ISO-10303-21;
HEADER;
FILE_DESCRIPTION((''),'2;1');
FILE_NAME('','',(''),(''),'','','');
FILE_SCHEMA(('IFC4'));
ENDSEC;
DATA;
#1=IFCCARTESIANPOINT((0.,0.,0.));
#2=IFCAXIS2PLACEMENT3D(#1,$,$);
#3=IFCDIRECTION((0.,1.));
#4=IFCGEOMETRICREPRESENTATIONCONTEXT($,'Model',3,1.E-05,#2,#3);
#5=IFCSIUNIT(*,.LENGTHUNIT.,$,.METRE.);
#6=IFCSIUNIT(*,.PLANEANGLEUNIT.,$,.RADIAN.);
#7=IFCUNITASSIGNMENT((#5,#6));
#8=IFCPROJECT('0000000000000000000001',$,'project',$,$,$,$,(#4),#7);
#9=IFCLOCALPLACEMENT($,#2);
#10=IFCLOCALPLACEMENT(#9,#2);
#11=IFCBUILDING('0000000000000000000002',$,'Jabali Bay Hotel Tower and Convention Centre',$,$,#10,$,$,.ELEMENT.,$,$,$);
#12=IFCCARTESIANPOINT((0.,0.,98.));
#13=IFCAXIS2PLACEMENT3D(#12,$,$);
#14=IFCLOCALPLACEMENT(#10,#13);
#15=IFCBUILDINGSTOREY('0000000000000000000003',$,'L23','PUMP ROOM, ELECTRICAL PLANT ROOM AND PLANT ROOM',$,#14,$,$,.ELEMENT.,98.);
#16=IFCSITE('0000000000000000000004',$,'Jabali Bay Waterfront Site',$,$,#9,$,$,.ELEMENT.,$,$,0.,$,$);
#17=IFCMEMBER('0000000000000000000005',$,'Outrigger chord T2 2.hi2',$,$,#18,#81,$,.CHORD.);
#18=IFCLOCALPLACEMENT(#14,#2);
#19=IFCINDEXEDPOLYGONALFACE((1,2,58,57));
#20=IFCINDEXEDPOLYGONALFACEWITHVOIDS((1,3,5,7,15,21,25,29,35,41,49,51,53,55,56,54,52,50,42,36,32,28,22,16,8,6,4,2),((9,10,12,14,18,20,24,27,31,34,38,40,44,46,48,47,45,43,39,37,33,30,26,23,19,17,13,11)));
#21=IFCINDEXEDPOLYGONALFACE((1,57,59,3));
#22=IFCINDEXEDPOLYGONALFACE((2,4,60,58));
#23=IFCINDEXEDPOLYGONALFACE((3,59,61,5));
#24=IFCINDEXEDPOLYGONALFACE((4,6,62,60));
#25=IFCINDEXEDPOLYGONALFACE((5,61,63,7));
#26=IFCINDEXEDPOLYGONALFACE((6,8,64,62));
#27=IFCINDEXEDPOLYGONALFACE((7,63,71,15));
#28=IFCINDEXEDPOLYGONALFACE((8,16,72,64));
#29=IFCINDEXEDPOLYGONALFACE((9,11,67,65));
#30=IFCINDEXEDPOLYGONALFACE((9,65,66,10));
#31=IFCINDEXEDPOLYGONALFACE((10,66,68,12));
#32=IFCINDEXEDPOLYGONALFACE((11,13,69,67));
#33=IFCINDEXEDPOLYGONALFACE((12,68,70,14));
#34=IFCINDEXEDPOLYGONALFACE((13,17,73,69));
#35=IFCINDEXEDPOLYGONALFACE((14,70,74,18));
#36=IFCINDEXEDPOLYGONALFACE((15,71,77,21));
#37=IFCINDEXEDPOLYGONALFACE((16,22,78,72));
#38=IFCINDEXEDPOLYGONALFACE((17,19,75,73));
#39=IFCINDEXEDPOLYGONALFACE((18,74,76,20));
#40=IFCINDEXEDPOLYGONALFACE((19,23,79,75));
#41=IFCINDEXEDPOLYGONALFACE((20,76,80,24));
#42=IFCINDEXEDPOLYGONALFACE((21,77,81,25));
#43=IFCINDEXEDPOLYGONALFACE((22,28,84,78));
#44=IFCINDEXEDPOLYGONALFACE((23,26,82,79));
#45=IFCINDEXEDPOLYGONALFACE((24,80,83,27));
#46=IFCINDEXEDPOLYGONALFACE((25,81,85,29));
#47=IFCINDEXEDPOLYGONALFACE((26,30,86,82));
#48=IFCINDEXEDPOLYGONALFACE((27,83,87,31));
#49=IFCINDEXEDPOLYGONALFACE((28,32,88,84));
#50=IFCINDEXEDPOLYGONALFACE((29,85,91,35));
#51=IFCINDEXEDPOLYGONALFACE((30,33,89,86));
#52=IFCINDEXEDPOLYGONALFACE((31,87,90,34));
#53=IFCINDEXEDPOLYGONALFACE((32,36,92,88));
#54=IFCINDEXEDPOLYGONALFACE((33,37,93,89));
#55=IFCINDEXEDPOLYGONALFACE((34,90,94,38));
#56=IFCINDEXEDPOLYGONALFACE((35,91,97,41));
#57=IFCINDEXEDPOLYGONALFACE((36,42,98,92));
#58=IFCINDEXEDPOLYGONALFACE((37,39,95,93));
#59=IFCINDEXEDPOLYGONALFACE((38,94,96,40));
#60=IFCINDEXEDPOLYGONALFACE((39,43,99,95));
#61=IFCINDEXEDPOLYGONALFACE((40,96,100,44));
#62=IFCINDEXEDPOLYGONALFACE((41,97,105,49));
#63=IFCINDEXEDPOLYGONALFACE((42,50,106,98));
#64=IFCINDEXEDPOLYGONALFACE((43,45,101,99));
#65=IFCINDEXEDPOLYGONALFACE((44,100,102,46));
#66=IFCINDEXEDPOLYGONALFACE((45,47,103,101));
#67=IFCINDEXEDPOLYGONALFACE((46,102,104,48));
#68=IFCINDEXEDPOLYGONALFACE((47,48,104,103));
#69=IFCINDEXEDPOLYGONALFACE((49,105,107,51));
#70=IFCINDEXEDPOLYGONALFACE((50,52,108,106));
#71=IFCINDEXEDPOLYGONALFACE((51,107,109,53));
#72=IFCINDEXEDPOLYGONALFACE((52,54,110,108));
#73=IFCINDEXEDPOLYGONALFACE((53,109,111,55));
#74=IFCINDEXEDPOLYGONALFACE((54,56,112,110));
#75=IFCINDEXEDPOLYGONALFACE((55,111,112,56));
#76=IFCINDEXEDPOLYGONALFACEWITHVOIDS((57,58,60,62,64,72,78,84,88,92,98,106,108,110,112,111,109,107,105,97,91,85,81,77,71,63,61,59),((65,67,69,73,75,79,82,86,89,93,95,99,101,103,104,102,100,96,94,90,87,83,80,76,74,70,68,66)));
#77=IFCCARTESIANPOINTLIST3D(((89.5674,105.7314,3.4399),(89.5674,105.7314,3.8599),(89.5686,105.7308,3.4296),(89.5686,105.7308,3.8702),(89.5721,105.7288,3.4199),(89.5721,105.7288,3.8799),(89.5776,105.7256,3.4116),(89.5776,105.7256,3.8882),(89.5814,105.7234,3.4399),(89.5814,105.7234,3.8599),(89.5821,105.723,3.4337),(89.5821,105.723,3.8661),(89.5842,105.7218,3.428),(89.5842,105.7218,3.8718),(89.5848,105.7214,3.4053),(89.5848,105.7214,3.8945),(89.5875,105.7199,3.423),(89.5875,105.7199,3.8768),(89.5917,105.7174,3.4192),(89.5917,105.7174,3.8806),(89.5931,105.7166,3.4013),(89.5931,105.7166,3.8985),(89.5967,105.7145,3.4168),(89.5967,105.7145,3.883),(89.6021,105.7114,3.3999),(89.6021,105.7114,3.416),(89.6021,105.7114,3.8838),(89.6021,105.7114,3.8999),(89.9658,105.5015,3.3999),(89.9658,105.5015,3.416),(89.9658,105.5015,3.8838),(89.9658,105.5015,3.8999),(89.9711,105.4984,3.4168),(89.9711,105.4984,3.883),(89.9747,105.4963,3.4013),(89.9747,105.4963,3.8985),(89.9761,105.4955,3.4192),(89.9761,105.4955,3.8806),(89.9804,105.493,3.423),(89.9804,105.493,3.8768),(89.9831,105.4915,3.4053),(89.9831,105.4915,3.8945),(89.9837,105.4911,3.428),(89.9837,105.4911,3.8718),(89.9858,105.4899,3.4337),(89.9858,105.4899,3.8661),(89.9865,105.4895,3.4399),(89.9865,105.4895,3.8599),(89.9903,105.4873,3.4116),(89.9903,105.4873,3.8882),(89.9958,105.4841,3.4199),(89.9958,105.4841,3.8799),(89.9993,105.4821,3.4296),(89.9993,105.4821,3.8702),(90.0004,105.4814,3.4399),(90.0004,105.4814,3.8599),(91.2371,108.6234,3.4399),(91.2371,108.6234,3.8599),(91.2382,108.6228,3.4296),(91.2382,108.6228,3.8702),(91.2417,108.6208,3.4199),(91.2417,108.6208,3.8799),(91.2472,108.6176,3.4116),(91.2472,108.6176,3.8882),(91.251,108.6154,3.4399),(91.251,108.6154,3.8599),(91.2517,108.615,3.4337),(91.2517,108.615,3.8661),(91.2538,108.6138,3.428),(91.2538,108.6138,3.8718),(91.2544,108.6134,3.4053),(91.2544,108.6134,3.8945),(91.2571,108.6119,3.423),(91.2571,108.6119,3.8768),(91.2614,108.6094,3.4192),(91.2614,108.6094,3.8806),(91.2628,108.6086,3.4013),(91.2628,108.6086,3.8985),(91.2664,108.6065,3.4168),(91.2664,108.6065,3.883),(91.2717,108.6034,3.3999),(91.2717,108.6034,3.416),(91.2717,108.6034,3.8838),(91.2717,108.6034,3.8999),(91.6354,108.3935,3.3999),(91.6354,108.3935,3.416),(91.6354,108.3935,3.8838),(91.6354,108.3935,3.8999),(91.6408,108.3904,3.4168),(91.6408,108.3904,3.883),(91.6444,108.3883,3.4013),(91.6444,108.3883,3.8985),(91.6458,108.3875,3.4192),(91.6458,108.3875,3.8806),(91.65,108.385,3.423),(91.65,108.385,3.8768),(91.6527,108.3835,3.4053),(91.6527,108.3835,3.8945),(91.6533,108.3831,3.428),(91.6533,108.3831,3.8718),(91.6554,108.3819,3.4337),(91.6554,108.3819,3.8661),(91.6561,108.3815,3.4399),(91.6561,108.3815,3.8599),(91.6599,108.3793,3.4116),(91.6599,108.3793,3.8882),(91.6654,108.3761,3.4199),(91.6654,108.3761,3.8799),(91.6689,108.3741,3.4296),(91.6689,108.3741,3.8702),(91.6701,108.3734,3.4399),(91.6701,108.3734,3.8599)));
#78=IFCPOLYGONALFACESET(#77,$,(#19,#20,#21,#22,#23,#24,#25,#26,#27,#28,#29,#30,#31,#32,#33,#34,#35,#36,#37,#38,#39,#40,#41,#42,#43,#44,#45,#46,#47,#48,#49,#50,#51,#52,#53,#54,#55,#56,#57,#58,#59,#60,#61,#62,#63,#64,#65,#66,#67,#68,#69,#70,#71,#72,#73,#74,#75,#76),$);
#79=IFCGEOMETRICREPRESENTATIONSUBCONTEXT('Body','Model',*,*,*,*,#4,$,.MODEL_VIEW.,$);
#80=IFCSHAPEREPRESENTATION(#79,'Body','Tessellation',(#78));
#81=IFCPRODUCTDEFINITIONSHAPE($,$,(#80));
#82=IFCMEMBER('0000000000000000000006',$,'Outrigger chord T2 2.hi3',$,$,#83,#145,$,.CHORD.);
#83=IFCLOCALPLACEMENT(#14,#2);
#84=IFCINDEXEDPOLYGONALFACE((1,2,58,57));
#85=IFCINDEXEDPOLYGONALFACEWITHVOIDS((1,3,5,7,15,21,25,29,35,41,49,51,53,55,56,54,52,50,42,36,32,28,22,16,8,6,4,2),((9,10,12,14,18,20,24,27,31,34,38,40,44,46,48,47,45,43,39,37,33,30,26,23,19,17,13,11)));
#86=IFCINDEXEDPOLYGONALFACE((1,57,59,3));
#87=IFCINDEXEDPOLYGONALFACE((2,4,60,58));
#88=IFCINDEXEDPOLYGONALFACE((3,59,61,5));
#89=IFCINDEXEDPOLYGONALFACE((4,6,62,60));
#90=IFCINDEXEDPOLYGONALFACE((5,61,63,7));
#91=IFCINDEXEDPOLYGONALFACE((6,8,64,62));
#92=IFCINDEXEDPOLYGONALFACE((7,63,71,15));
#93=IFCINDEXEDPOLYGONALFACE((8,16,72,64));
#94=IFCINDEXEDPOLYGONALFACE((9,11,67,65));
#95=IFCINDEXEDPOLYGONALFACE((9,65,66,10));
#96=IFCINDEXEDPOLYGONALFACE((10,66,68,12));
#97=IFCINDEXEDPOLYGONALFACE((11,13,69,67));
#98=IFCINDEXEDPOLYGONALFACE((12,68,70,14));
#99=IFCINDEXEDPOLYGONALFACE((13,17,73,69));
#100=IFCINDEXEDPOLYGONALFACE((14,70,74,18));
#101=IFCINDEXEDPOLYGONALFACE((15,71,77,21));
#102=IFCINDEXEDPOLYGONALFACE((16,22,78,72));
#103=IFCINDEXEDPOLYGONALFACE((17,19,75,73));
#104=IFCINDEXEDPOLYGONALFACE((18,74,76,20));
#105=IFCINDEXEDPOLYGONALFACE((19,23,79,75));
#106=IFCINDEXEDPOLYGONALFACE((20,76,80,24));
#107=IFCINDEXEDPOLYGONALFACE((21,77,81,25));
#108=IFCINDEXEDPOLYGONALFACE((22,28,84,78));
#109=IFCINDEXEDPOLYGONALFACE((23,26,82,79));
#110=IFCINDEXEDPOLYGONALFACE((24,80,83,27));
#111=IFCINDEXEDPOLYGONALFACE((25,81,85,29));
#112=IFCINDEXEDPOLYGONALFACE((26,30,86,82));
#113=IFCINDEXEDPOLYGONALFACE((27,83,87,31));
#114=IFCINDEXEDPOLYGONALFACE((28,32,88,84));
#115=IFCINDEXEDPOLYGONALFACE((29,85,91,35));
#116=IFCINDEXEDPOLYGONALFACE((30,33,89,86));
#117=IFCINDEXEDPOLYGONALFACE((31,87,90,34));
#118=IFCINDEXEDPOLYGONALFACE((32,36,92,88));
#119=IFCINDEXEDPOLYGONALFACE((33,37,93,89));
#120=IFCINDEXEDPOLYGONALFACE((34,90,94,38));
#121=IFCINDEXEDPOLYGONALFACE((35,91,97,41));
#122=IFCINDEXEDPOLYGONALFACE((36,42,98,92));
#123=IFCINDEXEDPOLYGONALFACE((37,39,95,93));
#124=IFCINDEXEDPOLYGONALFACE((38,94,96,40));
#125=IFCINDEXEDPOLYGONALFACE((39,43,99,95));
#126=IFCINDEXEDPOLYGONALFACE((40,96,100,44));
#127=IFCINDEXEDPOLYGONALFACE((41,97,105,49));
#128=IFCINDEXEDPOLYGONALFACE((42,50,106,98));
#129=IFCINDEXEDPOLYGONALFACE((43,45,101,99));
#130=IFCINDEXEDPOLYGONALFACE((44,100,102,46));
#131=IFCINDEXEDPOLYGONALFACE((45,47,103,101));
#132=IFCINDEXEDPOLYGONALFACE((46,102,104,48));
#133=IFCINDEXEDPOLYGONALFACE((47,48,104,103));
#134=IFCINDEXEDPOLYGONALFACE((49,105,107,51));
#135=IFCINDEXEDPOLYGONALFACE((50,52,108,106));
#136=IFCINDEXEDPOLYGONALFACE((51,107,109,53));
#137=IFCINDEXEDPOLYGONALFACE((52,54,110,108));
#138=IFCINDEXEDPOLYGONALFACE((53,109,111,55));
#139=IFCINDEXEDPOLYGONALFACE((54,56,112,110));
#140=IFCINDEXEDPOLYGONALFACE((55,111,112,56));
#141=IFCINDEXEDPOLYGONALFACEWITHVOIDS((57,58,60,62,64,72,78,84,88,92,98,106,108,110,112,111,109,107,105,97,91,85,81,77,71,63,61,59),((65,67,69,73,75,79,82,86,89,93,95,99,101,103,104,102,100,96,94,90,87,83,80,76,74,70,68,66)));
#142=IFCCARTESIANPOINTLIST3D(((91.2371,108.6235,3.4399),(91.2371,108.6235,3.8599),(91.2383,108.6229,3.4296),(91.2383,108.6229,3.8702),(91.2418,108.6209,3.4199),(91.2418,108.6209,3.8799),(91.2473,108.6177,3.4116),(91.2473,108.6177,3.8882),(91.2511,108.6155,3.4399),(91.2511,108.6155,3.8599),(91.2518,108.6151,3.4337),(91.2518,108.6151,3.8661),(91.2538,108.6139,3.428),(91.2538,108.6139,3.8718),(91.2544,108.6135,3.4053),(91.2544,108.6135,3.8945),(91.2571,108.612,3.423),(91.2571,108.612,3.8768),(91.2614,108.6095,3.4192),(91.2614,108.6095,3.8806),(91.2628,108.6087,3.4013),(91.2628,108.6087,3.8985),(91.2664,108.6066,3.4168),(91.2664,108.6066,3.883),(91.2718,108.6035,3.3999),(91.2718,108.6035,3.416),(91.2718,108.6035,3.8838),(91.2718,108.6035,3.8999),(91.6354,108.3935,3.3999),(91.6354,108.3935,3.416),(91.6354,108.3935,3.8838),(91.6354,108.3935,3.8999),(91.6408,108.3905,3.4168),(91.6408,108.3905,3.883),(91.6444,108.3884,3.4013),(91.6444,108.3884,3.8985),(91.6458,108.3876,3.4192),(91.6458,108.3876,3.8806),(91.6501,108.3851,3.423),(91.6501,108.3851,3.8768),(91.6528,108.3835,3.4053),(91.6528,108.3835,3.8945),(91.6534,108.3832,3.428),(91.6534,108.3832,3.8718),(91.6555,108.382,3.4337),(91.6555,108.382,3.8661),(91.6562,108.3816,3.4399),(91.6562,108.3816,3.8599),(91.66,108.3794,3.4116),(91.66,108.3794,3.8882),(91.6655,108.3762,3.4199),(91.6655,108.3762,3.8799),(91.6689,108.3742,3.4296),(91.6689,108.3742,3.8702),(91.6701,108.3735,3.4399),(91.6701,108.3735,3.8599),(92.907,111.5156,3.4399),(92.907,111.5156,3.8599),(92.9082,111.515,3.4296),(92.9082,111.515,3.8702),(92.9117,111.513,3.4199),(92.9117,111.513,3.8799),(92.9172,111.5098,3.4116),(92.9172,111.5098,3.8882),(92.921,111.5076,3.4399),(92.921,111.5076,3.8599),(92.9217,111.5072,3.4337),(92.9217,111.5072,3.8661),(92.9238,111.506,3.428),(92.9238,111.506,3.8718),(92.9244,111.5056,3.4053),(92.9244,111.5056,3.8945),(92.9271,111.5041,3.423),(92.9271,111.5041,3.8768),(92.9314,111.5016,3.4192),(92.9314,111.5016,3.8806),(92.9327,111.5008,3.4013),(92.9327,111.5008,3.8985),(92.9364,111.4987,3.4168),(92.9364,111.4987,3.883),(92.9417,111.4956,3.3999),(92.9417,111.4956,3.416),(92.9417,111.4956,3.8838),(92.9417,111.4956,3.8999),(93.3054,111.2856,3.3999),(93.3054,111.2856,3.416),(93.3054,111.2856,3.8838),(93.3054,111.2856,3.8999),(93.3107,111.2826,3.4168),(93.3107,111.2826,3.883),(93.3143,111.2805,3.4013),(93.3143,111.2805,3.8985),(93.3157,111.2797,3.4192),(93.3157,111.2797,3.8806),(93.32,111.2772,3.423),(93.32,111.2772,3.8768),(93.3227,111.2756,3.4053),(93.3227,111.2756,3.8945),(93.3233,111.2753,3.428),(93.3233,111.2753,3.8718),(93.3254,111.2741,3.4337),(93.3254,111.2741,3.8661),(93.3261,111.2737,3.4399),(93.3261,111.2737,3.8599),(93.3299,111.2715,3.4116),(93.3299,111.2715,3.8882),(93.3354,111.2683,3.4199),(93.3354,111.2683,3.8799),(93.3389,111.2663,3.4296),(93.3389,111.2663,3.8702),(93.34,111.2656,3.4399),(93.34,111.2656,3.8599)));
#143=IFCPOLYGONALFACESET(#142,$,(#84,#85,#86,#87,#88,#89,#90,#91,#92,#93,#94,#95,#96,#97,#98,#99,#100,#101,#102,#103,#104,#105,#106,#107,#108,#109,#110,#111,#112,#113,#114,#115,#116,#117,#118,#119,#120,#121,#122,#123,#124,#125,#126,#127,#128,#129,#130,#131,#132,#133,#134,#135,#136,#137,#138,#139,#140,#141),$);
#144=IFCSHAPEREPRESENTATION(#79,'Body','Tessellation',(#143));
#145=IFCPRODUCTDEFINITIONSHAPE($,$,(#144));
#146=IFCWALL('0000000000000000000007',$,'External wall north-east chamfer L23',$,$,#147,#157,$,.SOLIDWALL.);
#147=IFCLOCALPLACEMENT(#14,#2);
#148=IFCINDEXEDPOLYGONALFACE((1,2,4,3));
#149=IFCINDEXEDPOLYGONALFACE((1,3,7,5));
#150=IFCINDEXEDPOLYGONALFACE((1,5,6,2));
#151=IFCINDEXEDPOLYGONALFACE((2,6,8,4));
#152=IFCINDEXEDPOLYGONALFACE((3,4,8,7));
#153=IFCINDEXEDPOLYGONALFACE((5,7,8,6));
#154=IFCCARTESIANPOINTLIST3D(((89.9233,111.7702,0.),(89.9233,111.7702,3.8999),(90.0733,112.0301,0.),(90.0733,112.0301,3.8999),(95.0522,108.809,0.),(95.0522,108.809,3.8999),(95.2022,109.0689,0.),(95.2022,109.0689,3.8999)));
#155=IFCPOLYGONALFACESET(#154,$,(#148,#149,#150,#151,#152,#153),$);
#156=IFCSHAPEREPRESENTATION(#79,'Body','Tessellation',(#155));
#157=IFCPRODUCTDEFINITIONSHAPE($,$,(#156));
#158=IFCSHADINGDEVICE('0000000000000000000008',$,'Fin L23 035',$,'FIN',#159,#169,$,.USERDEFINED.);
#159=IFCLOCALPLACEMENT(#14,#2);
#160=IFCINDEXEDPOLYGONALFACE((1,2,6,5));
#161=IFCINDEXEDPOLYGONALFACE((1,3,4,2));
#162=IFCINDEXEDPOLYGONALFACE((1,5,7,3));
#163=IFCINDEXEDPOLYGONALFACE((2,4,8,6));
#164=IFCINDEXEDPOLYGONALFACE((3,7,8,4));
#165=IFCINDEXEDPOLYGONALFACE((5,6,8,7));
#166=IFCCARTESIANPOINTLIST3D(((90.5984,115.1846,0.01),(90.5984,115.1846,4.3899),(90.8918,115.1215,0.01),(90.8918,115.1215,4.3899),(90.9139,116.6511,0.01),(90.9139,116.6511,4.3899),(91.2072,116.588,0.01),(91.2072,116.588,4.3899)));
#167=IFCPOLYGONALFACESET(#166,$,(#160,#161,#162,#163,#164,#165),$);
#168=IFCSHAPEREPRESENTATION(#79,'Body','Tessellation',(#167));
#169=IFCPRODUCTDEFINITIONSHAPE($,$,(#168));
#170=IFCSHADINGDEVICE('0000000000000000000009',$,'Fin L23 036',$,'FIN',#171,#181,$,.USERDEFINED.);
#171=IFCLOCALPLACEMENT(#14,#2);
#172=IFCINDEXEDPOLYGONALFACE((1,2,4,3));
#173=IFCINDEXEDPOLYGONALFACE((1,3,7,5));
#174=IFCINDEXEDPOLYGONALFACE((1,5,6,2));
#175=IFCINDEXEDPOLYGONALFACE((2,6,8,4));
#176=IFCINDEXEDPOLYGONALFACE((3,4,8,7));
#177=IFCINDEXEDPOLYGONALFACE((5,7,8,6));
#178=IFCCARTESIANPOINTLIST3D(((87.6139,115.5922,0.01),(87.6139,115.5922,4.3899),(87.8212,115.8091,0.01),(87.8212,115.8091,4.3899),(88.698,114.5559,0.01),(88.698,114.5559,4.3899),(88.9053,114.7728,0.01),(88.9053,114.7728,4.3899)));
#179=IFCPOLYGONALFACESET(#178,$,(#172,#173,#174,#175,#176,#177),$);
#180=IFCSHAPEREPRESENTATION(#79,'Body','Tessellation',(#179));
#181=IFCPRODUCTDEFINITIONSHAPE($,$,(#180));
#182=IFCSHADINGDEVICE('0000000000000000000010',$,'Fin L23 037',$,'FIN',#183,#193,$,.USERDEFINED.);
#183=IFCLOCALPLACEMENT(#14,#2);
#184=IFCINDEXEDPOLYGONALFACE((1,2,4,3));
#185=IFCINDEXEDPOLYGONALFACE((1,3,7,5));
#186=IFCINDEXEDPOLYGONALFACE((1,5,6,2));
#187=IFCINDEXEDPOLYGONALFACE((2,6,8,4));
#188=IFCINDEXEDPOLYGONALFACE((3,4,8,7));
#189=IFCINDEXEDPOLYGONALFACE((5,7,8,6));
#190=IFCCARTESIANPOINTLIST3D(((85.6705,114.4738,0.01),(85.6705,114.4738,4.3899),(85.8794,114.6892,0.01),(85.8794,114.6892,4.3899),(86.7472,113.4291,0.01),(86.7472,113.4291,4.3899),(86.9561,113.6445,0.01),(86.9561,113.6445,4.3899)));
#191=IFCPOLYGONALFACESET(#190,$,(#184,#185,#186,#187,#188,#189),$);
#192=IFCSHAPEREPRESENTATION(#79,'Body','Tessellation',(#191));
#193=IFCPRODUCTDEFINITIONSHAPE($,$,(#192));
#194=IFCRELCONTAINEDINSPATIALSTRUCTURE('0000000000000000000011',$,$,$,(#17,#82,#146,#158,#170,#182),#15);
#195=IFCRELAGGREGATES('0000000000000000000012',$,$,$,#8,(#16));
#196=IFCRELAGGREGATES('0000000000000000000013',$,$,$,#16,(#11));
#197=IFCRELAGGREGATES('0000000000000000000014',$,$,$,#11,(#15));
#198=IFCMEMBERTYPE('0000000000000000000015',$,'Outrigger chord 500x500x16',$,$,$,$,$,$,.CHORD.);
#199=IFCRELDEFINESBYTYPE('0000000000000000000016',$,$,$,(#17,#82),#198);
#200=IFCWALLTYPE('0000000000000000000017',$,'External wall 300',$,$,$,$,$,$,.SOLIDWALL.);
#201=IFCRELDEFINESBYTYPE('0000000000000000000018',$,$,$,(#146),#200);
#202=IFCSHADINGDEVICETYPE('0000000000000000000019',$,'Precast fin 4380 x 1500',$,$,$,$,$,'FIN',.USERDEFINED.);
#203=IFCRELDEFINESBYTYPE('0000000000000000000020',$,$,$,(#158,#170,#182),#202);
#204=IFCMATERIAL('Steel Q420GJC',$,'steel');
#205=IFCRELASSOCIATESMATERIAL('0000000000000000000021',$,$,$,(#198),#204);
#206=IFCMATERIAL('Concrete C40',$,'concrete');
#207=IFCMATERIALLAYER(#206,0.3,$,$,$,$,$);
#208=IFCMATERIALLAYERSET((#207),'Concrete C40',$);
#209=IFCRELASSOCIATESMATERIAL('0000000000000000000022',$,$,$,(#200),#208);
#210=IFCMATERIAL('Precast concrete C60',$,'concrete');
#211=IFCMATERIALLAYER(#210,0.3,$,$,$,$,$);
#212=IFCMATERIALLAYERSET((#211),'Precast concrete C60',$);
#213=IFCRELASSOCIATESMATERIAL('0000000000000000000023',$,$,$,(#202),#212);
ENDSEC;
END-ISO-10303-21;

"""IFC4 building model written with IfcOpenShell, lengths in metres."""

from ifc_helpers import new_model, si_unit, direction, frame, frame_2d, origin, origin_2d, place, context, subcontext, project, spatial, rectangle, hollow_rectangle, extrude, material, layer, layer_set, material_profile, profile_set, type_object, element, save


model = new_model("IFC4")

# Units and contexts
model_context = context("Model", 3, precision=1e-05, world=origin(), true_north=direction((0.0, 1.0)))
body_context = subcontext(model_context, "Body", "Model", "MODEL_VIEW")
ifc_project = project(units=[si_unit("LENGTHUNIT", "METRE"), si_unit("PLANEANGLEUNIT", "RADIAN")], contexts=[model_context])

# Site, building, storey
site_placement = place(None, origin())
site = spatial("IfcSite", under=ifc_project, at=site_placement, Name="Jabali Bay Waterfront Site", CompositionType="ELEMENT", RefElevation=0.0)
building_placement = place(site_placement, origin())
building = spatial("IfcBuilding", under=site, at=building_placement, Name="Jabali Bay Hotel Tower and Convention Centre", CompositionType="ELEMENT")
storey_placement = place(building_placement, frame((0.0, 0.0, 98.0)))
storey = spatial("IfcBuildingStorey", under=building, at=storey_placement, Name="L23", Description="PUMP ROOM, ELECTRICAL PLANT ROOM AND PLANT ROOM", CompositionType="ELEMENT", Elevation=98.0)

# Members
ifc_material_1 = material(Name="Steel Q420GJC", Category="steel")
ifc_material_profile_1 = material_profile(ifc_material_1, hollow_rectangle(XDim=0.5, YDim=0.5, WallThickness=0.0161, InnerFilletRadius=0.0239, OuterFilletRadius=0.04, at=origin_2d()), Name="Outrigger chord 500x500x16")
ifc_profile_set_1 = profile_set([ifc_material_profile_1], Name="Steel Q420GJC")
member_type_1 = type_object("IfcMemberType", Name="Outrigger chord 500x500x16", PredefinedType="CHORD", material=ifc_profile_set_1)
member_1_placement = place(storey_placement, frame((89.7839, 105.6064, 3.6499), z_axis=(0.499984, 0.866035, 0.0), x_axis=(-0.866035, 0.499984, 0.0)))
element("IfcMember", 1, at=member_1_placement, inside=storey, type_object=member_type_1, Name="Outrigger chord T2 2.hi2", PredefinedType="CHORD", context=body_context, shape_type="SweptSolid", body=[
    extrude(hollow_rectangle(XDim=0.5, YDim=0.5, WallThickness=0.0161, InnerFilletRadius=0.0239, OuterFilletRadius=0.04, at=origin_2d()), origin(), (0.0, 0.0, 1.0), 3.3394),
])
member_2_placement = place(storey_placement, frame((91.4536, 108.4985, 3.6499), z_axis=(0.500039, 0.866003, 0.0), x_axis=(-0.866003, 0.500039, 0.0)))
element("IfcMember", 2, at=member_2_placement, inside=storey, type_object=member_type_1, Name="Outrigger chord T2 2.hi3", PredefinedType="CHORD", context=body_context, shape_type="SweptSolid", body=[
    extrude(hollow_rectangle(XDim=0.5, YDim=0.5, WallThickness=0.0161, InnerFilletRadius=0.0239, OuterFilletRadius=0.04, at=origin_2d()), origin(), (0.0, 0.0, 1.0), 3.3396),
])

# Wall
ifc_material_2 = material(Name="Concrete C40", Category="concrete")
ifc_layer_1 = layer(ifc_material_2, 0.3)
ifc_layer_set_1 = layer_set([ifc_layer_1], Name="Concrete C40")
wall_type = type_object("IfcWallType", Name="External wall 300", PredefinedType="SOLIDWALL", material=ifc_layer_set_1)
wall_placement = place(storey_placement, frame((89.9983, 111.9001, 0.0), z_axis=(0.0, 0.0, 1.0), x_axis=(0.866025, -0.500001, 0.0)))
element("IfcWall", 3, at=wall_placement, inside=storey, type_object=wall_type, Name="External wall north-east chamfer L23", PredefinedType="SOLIDWALL", context=body_context, shape_type="SweptSolid", body=[
    extrude(rectangle(XDim=5.9224, YDim=0.3, at=frame_2d((2.9612, 0.0))), origin(), (0.0, 0.0, 1.0), 3.8999),
])

# Shading devices
ifc_material_3 = material(Name="Precast concrete C60", Category="concrete")
ifc_layer_2 = layer(ifc_material_3, 0.3)
ifc_layer_set_2 = layer_set([ifc_layer_2], Name="Precast concrete C60")
shading_device_type = type_object("IfcShadingDeviceType", Name="Precast fin 4380 x 1500", ElementType="FIN", PredefinedType="USERDEFINED", material=ifc_layer_set_2)
shading_device_1_placement = place(storey_placement, frame((90.7451, 115.1531, 0.01), z_axis=(0.0, 0.0, 1.0), x_axis=(0.210274, 0.977643, 0.0)))
element("IfcShadingDevice", 4, at=shading_device_1_placement, inside=storey, type_object=shading_device_type, Name="Fin L23 035", ObjectType="FIN", PredefinedType="USERDEFINED", context=body_context, shape_type="SweptSolid", body=[
    extrude(rectangle(XDim=1.5, YDim=0.3, at=frame_2d((0.75, 0.0))), origin(), (0.0, 0.0, 1.0), 4.3799),
])
shading_device_2_placement = place(storey_placement, frame((88.8018, 114.6643, 0.01), z_axis=(0.0, 0.0, 1.0), x_axis=(-0.722879, 0.690975, 0.0)))
element("IfcShadingDevice", 5, at=shading_device_2_placement, inside=storey, type_object=shading_device_type, Name="Fin L23 036", ObjectType="FIN", PredefinedType="USERDEFINED", context=body_context, shape_type="SweptSolid", body=[
    extrude(rectangle(XDim=1.4998, YDim=0.3, at=frame_2d((0.75, 0.0))), origin(), (0.0, 0.0, 1.0), 4.3799),
])
shading_device_3_placement = place(storey_placement, frame((86.8516, 113.5369, 0.01), z_axis=(0.0, 0.0, 1.0), x_axis=(-0.717686, 0.696367, 0.0)))
element("IfcShadingDevice", 6, at=shading_device_3_placement, inside=storey, type_object=shading_device_type, Name="Fin L23 037", ObjectType="FIN", PredefinedType="USERDEFINED", context=body_context, shape_type="SweptSolid", body=[
    extrude(rectangle(XDim=1.5002, YDim=0.3, at=frame_2d((0.75, 0.0))), origin(), (0.0, 0.0, 1.0), 4.3799),
])

save(model, "model.ifc")
